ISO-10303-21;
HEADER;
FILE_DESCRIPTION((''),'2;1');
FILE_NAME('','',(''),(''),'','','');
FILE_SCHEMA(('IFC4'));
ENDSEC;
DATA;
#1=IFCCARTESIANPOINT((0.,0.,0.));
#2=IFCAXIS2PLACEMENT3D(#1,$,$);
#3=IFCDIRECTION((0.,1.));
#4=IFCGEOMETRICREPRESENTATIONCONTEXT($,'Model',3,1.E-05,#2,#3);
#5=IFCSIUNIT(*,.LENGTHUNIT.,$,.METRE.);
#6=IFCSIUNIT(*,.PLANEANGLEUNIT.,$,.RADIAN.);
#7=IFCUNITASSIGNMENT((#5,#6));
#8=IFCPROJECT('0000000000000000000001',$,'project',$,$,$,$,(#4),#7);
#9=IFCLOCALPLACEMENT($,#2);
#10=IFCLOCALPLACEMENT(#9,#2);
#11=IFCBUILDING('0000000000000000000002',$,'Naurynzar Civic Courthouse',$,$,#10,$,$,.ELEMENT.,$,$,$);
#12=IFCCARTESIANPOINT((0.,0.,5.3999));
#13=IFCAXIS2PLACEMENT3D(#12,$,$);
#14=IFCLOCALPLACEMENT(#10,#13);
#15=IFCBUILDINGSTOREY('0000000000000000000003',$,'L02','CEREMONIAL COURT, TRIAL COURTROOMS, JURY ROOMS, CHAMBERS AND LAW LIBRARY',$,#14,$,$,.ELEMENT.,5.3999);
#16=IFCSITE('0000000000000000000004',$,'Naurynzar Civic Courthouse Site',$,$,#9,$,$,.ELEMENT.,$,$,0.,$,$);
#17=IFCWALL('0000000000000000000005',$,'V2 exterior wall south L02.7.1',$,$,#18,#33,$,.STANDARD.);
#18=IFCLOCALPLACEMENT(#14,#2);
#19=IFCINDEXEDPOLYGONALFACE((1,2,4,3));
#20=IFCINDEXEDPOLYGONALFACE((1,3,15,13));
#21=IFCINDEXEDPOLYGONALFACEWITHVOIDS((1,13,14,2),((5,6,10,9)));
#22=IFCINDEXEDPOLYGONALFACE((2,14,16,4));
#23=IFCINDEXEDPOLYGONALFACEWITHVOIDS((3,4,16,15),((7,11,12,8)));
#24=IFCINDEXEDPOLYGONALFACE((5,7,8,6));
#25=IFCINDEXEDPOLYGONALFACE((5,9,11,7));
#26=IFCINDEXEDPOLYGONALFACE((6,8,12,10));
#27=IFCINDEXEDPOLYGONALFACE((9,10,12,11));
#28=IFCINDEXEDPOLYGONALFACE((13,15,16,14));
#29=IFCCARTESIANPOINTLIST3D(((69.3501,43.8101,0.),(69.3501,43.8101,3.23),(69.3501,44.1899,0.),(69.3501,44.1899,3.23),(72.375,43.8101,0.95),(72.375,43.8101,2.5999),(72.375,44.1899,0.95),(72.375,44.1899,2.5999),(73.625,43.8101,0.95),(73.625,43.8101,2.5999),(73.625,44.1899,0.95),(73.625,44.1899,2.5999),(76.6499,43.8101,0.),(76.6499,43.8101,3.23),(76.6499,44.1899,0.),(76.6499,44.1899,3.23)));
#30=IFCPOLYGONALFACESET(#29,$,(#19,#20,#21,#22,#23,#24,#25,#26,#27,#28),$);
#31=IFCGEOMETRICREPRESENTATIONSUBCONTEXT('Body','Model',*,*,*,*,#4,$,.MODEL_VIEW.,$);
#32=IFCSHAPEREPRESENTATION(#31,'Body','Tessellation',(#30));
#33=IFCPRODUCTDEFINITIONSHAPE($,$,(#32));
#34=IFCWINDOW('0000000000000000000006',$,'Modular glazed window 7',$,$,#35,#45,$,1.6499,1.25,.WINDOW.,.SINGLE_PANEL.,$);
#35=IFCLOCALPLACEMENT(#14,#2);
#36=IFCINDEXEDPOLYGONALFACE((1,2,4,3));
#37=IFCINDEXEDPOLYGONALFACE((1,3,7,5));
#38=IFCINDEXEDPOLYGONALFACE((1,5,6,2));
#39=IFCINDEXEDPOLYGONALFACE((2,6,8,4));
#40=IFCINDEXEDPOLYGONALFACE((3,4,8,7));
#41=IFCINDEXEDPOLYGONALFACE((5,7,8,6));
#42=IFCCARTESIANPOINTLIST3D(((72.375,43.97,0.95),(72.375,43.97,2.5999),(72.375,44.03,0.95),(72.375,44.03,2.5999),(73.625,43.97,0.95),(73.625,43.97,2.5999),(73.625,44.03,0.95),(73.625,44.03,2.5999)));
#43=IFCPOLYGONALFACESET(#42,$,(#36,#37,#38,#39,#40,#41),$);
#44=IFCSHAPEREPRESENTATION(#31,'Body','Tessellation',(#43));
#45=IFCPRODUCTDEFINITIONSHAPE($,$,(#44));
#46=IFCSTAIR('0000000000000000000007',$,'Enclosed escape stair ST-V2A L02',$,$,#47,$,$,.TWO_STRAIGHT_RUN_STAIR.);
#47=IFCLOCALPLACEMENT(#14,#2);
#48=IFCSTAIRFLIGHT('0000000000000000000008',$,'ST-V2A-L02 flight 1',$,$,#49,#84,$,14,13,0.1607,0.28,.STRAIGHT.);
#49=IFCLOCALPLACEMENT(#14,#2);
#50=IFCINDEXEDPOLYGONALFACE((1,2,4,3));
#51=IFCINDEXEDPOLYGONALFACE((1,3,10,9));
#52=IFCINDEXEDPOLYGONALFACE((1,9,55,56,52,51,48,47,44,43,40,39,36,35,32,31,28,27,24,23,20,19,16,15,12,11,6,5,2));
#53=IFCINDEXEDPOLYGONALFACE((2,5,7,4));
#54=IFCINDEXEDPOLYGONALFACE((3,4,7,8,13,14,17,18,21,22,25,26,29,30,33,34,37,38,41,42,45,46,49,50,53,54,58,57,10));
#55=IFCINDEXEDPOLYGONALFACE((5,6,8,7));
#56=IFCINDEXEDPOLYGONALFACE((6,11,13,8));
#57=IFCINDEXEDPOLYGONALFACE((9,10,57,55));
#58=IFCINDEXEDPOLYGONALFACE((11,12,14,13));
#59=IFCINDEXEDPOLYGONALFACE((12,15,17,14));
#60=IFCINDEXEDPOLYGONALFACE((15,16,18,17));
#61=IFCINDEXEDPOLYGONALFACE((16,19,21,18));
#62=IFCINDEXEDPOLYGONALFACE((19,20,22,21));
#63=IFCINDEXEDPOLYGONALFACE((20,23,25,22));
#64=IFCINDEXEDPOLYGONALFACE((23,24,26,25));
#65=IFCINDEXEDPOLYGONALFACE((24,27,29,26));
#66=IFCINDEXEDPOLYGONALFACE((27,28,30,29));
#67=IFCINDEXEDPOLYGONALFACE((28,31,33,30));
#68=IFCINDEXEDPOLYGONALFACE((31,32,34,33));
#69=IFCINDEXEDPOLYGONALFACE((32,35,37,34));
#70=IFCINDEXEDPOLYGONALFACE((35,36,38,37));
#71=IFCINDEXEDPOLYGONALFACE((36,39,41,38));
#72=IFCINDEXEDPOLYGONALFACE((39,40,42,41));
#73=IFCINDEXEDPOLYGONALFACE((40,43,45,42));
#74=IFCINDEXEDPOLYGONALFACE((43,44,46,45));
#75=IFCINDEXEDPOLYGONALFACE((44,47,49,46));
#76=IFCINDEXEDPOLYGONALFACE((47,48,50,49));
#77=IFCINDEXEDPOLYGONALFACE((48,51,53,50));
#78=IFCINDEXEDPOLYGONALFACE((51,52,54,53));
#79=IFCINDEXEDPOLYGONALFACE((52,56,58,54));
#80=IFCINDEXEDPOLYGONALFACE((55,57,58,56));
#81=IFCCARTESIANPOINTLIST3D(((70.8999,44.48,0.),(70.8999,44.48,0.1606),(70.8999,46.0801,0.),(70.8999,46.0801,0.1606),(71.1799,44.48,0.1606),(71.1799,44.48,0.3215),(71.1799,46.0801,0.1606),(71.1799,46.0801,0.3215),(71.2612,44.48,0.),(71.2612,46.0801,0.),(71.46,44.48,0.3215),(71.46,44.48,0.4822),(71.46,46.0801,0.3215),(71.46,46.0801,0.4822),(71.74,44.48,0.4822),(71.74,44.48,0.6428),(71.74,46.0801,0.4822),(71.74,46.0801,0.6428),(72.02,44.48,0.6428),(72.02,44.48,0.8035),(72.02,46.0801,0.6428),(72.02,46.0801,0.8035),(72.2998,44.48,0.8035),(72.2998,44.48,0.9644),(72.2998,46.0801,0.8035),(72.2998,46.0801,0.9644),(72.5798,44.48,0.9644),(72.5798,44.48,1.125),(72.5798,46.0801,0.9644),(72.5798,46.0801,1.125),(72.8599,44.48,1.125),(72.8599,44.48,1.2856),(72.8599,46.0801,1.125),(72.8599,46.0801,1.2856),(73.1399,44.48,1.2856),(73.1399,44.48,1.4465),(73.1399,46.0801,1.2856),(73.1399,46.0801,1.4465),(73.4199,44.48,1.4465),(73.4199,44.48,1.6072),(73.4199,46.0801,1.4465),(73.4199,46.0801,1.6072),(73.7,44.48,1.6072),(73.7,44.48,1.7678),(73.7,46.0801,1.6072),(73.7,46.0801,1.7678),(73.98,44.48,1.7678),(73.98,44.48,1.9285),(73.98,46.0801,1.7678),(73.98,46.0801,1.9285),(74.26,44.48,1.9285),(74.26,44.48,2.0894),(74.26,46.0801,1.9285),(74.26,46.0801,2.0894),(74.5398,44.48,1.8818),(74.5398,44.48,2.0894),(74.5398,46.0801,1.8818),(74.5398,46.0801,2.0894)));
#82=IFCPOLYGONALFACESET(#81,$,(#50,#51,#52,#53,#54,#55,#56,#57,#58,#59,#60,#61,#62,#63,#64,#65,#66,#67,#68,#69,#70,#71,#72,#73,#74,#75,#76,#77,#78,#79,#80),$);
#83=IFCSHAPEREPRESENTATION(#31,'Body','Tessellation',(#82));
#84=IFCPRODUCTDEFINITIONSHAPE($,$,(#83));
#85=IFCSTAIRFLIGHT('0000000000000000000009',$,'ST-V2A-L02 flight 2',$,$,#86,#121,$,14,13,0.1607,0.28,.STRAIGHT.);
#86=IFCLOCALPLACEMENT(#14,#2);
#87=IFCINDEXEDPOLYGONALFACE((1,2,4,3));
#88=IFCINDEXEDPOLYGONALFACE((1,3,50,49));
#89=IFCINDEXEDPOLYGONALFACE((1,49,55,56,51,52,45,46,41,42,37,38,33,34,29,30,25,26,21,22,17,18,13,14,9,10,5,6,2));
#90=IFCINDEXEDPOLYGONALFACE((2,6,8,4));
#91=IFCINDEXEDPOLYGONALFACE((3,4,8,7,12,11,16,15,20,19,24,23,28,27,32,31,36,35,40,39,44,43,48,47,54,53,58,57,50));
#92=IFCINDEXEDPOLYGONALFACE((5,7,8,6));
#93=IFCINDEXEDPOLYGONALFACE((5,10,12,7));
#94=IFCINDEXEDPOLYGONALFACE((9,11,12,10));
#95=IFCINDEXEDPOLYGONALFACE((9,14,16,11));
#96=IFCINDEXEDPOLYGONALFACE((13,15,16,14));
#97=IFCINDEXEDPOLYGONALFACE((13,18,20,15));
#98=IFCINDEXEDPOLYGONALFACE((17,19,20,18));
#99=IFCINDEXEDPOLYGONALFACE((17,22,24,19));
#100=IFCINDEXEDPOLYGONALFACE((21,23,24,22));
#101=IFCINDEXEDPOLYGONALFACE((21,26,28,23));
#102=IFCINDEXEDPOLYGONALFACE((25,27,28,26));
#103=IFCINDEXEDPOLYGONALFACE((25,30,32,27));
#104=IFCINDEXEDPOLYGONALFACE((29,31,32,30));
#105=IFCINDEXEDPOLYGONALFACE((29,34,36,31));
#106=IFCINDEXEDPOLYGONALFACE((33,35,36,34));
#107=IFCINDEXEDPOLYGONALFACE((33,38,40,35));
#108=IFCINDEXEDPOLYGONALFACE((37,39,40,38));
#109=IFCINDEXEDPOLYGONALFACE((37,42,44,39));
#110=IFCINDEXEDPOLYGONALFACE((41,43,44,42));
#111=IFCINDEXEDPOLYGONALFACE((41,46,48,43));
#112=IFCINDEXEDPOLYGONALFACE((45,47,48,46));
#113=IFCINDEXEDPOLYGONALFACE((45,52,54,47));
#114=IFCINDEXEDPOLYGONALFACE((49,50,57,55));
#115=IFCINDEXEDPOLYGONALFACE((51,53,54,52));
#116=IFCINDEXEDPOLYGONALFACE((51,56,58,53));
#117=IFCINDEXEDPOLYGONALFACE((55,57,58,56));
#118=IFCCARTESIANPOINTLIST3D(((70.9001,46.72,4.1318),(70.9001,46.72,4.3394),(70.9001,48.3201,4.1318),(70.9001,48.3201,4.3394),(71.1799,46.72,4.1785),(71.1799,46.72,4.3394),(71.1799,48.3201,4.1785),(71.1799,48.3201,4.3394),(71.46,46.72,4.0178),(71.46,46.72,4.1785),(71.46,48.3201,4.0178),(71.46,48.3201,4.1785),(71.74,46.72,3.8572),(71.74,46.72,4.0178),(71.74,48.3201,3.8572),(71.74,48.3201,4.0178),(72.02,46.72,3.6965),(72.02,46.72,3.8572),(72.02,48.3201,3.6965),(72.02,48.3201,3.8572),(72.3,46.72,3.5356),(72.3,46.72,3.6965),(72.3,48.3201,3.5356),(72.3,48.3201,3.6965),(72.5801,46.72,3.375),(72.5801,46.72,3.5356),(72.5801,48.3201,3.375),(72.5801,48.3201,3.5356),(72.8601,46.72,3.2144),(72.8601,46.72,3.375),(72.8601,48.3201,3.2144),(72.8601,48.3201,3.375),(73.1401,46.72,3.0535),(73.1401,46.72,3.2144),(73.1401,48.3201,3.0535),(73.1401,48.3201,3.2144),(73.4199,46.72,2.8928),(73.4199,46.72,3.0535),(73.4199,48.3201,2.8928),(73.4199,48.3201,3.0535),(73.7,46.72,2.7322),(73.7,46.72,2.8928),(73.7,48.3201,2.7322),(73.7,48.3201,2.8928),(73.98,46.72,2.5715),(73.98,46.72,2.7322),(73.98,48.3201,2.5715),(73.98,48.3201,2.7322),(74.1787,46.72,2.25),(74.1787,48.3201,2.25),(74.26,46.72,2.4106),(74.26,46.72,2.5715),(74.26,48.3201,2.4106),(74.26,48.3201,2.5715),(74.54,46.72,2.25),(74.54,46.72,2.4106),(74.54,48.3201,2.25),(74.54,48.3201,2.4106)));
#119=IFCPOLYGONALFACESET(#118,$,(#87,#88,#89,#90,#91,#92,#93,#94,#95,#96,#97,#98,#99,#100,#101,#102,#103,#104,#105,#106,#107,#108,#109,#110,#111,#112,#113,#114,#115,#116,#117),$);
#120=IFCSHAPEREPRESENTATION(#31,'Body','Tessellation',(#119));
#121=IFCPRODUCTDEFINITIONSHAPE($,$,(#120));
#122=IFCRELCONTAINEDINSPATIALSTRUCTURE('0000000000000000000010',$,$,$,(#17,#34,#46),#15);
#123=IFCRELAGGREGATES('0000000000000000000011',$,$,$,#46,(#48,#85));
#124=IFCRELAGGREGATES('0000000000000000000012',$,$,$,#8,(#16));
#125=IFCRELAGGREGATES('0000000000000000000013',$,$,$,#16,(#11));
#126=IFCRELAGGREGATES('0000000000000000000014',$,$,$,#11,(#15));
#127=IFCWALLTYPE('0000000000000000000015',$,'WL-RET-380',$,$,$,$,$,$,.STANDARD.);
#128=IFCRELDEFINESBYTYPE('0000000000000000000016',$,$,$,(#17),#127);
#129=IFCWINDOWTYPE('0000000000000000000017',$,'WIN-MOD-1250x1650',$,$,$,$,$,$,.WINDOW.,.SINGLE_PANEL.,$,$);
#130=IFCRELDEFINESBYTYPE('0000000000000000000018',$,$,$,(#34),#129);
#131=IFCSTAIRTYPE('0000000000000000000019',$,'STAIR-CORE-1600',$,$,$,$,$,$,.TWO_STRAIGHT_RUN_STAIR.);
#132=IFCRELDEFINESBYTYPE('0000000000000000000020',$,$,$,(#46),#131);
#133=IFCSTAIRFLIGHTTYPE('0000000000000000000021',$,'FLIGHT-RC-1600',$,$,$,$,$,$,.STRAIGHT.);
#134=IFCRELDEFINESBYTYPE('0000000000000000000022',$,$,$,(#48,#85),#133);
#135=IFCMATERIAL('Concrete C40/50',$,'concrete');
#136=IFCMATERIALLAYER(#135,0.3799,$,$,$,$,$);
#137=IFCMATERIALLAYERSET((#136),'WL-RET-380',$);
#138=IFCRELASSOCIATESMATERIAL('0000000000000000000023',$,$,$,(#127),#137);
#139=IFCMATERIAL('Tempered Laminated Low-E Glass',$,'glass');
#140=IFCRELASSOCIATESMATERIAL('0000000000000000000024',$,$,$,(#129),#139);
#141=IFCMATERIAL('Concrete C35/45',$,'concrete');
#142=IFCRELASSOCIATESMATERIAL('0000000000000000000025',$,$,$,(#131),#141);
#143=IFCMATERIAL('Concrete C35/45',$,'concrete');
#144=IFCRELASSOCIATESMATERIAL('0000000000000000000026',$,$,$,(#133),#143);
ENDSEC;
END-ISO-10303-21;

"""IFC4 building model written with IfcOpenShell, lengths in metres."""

from ifc_helpers import new_model, si_unit, direction, frame, frame_2d, origin, place, context, subcontext, project, spatial, polyline, rectangle, outline, extrude, material, layer, layer_set, type_object, element, fill, aggregate, save


model = new_model("IFC4")

# Units and contexts
model_context = context("Model", 3, precision=1e-05, world=origin(), true_north=direction((0.0, 1.0)))
body_context = subcontext(model_context, "Body", "Model", "MODEL_VIEW")
ifc_project = project(units=[si_unit("LENGTHUNIT", "METRE"), si_unit("PLANEANGLEUNIT", "RADIAN")], contexts=[model_context])

# Site, building, storey
site_placement = place(None, origin())
site = spatial("IfcSite", under=ifc_project, at=site_placement, Name="Naurynzar Civic Courthouse Site", CompositionType="ELEMENT", RefElevation=0.0)
building_placement = place(site_placement, origin())
building = spatial("IfcBuilding", under=site, at=building_placement, Name="Naurynzar Civic Courthouse", CompositionType="ELEMENT")
storey_placement = place(building_placement, frame((0.0, 0.0, 5.3999)))
storey = spatial("IfcBuildingStorey", under=building, at=storey_placement, Name="L02", Description="CEREMONIAL COURT, TRIAL COURTROOMS, JURY ROOMS, CHAMBERS AND LAW LIBRARY", CompositionType="ELEMENT", Elevation=5.3999)

# Wall, opening, window
ifc_material_1 = material(Name="Concrete C40/50", Category="concrete")
ifc_layer_1 = layer(ifc_material_1, 0.3799)
ifc_layer_set_1 = layer_set([ifc_layer_1], Name="WL-RET-380")
wall_type_1 = type_object("IfcWallType", Name="WL-RET-380", PredefinedType="STANDARD", material=ifc_layer_set_1)
wall_1_placement = place(storey_placement, frame((76.6499, 44.0, 0.0), z_axis=(0.0, 0.0, 1.0), x_axis=(-1.0, 0.0, 0.0)))
wall_1 = element("IfcWall", 1, at=wall_1_placement, inside=storey, type_object=wall_type_1, Name="V2 exterior wall south L02.7.1", PredefinedType="STANDARD", context=body_context, shape_type="SweptSolid", body=[
    extrude(rectangle(XDim=7.2998, YDim=0.3799, at=frame_2d((3.6499, 0.0))), origin(), (0.0, 0.0, 1.0), 3.23),
])
opening_1_placement = place(wall_1_placement, frame((3.0249, 0.0, 0.95)))
opening_1 = element("IfcOpeningElement", 2, at=opening_1_placement, cuts=wall_1, PredefinedType="OPENING", context=body_context, shape_type="SweptSolid", body=[
    extrude(rectangle(XDim=1.25, YDim=1.6499, at=frame_2d((0.625, 0.825))), frame((0.0, 0.2, 0.0), z_axis=(0.0, -1.0, 0.0), x_axis=(1.0, 0.0, 0.0)), (0.0, 0.0, 1.0), 0.3999),
])
ifc_material_2 = material(Name="Tempered Laminated Low-E Glass", Category="glass")
window_type_1 = type_object("IfcWindowType", Name="WIN-MOD-1250x1650", PartitioningType="SINGLE_PANEL", PredefinedType="WINDOW", material=ifc_material_2)
window_1_placement = place(opening_1_placement, origin())
window_1 = element("IfcWindow", 3, at=window_1_placement, inside=storey, type_object=window_type_1, Name="Modular glazed window 7", OverallHeight=1.6499, OverallWidth=1.25, PartitioningType="SINGLE_PANEL", PredefinedType="WINDOW", context=body_context, shape_type="SweptSolid", body=[
    extrude(rectangle(XDim=1.25, YDim=1.6499, at=frame_2d((0.625, 0.825))), frame((0.0, 0.03, 0.0), z_axis=(0.0, -1.0, 0.0), x_axis=(1.0, 0.0, 0.0)), (0.0, 0.0, 1.0), 0.0601),
])
fill(opening_1, window_1)

# Stair, stair flights
ifc_material_3 = material(Name="Concrete C35/45", Category="concrete")
stair_type = type_object("IfcStairType", Name="STAIR-CORE-1600", PredefinedType="TWO_STRAIGHT_RUN_STAIR", material=ifc_material_3)
stair_placement = place(storey_placement, origin())
stair = element("IfcStair", 4, at=stair_placement, inside=storey, type_object=stair_type, Name="Enclosed escape stair ST-V2A L02", PredefinedType="TWO_STRAIGHT_RUN_STAIR")
ifc_material_4 = material(Name="Concrete C35/45", Category="concrete")
stair_flight_type = type_object("IfcStairFlightType", Name="FLIGHT-RC-1600", PredefinedType="STRAIGHT", material=ifc_material_4)
stair_flight_1_placement = place(storey_placement, frame((70.8999, 45.28, 0.0), z_axis=(0.0, 0.0, 1.0), x_axis=(1.0, 0.0, 0.0)))
stair_flight_1 = element("IfcStairFlight", 5, at=stair_flight_1_placement, type_object=stair_flight_type, Name="ST-V2A-L02 flight 1", NumberOfRisers=14, NumberOfTreads=13, PredefinedType="STRAIGHT", RiserHeight=0.1607, TreadLength=0.28, context=body_context, shape_type="SweptSolid", body=[
    extrude(outline(polyline([(0.0, 0.0), (0.0, 0.1606), (0.28, 0.1606), (0.28, 0.3215), (0.5601, 0.3215), (0.5601, 0.4822), (0.8401, 0.4822), (0.8401, 0.6428), (1.1201, 0.6428), (1.1201, 0.8035), (1.3999, 0.8035), (1.3999, 0.9644), (1.6799, 0.9644), (1.6799, 1.125), (1.96, 1.125), (1.96, 1.2856), (2.24, 1.2856), (2.24, 1.4465), (2.52, 1.4465), (2.52, 1.6072), (2.8, 1.6072), (2.8, 1.7678), (3.0801, 1.7678), (3.0801, 1.9285), (3.3601, 1.9285), (3.3601, 2.0894), (3.6399, 2.0894), (3.6399, 2.25), (3.6399, 1.8818), (0.3613, 0.0), (0.0, 0.0)])), frame((0.0, 0.8, 0.0), z_axis=(0.0, -1.0, 0.0), x_axis=(1.0, 0.0, 0.0)), (0.0, 0.0, 1.0), 1.6001),
])
stair_flight_2_placement = place(storey_placement, frame((74.54, 47.52, 2.25), z_axis=(0.0, 0.0, 1.0), x_axis=(-1.0, 0.0, 0.0)))
stair_flight_2 = element("IfcStairFlight", 6, at=stair_flight_2_placement, type_object=stair_flight_type, Name="ST-V2A-L02 flight 2", NumberOfRisers=14, NumberOfTreads=13, PredefinedType="STRAIGHT", RiserHeight=0.1607, TreadLength=0.28, context=body_context, shape_type="SweptSolid", body=[
    extrude(outline(polyline([(0.0, 0.0), (0.0, 0.1606), (0.28, 0.1606), (0.28, 0.3215), (0.5601, 0.3215), (0.5601, 0.4822), (0.8401, 0.4822), (0.8401, 0.6428), (1.1201, 0.6428), (1.1201, 0.8035), (1.3999, 0.8035), (1.3999, 0.9644), (1.6799, 0.9644), (1.6799, 1.125), (1.96, 1.125), (1.96, 1.2856), (2.24, 1.2856), (2.24, 1.4465), (2.52, 1.4465), (2.52, 1.6072), (2.8, 1.6072), (2.8, 1.7678), (3.0801, 1.7678), (3.0801, 1.9285), (3.3601, 1.9285), (3.3601, 2.0894), (3.6399, 2.0894), (3.6399, 2.25), (3.6399, 1.8818), (0.3613, 0.0), (0.0, 0.0)])), frame((0.0, 0.8, 0.0), z_axis=(0.0, -1.0, 0.0), x_axis=(1.0, 0.0, 0.0)), (0.0, 0.0, 1.0), 1.6001),
])
aggregate(stair, [stair_flight_1, stair_flight_2])

save(model, "model.ifc")
